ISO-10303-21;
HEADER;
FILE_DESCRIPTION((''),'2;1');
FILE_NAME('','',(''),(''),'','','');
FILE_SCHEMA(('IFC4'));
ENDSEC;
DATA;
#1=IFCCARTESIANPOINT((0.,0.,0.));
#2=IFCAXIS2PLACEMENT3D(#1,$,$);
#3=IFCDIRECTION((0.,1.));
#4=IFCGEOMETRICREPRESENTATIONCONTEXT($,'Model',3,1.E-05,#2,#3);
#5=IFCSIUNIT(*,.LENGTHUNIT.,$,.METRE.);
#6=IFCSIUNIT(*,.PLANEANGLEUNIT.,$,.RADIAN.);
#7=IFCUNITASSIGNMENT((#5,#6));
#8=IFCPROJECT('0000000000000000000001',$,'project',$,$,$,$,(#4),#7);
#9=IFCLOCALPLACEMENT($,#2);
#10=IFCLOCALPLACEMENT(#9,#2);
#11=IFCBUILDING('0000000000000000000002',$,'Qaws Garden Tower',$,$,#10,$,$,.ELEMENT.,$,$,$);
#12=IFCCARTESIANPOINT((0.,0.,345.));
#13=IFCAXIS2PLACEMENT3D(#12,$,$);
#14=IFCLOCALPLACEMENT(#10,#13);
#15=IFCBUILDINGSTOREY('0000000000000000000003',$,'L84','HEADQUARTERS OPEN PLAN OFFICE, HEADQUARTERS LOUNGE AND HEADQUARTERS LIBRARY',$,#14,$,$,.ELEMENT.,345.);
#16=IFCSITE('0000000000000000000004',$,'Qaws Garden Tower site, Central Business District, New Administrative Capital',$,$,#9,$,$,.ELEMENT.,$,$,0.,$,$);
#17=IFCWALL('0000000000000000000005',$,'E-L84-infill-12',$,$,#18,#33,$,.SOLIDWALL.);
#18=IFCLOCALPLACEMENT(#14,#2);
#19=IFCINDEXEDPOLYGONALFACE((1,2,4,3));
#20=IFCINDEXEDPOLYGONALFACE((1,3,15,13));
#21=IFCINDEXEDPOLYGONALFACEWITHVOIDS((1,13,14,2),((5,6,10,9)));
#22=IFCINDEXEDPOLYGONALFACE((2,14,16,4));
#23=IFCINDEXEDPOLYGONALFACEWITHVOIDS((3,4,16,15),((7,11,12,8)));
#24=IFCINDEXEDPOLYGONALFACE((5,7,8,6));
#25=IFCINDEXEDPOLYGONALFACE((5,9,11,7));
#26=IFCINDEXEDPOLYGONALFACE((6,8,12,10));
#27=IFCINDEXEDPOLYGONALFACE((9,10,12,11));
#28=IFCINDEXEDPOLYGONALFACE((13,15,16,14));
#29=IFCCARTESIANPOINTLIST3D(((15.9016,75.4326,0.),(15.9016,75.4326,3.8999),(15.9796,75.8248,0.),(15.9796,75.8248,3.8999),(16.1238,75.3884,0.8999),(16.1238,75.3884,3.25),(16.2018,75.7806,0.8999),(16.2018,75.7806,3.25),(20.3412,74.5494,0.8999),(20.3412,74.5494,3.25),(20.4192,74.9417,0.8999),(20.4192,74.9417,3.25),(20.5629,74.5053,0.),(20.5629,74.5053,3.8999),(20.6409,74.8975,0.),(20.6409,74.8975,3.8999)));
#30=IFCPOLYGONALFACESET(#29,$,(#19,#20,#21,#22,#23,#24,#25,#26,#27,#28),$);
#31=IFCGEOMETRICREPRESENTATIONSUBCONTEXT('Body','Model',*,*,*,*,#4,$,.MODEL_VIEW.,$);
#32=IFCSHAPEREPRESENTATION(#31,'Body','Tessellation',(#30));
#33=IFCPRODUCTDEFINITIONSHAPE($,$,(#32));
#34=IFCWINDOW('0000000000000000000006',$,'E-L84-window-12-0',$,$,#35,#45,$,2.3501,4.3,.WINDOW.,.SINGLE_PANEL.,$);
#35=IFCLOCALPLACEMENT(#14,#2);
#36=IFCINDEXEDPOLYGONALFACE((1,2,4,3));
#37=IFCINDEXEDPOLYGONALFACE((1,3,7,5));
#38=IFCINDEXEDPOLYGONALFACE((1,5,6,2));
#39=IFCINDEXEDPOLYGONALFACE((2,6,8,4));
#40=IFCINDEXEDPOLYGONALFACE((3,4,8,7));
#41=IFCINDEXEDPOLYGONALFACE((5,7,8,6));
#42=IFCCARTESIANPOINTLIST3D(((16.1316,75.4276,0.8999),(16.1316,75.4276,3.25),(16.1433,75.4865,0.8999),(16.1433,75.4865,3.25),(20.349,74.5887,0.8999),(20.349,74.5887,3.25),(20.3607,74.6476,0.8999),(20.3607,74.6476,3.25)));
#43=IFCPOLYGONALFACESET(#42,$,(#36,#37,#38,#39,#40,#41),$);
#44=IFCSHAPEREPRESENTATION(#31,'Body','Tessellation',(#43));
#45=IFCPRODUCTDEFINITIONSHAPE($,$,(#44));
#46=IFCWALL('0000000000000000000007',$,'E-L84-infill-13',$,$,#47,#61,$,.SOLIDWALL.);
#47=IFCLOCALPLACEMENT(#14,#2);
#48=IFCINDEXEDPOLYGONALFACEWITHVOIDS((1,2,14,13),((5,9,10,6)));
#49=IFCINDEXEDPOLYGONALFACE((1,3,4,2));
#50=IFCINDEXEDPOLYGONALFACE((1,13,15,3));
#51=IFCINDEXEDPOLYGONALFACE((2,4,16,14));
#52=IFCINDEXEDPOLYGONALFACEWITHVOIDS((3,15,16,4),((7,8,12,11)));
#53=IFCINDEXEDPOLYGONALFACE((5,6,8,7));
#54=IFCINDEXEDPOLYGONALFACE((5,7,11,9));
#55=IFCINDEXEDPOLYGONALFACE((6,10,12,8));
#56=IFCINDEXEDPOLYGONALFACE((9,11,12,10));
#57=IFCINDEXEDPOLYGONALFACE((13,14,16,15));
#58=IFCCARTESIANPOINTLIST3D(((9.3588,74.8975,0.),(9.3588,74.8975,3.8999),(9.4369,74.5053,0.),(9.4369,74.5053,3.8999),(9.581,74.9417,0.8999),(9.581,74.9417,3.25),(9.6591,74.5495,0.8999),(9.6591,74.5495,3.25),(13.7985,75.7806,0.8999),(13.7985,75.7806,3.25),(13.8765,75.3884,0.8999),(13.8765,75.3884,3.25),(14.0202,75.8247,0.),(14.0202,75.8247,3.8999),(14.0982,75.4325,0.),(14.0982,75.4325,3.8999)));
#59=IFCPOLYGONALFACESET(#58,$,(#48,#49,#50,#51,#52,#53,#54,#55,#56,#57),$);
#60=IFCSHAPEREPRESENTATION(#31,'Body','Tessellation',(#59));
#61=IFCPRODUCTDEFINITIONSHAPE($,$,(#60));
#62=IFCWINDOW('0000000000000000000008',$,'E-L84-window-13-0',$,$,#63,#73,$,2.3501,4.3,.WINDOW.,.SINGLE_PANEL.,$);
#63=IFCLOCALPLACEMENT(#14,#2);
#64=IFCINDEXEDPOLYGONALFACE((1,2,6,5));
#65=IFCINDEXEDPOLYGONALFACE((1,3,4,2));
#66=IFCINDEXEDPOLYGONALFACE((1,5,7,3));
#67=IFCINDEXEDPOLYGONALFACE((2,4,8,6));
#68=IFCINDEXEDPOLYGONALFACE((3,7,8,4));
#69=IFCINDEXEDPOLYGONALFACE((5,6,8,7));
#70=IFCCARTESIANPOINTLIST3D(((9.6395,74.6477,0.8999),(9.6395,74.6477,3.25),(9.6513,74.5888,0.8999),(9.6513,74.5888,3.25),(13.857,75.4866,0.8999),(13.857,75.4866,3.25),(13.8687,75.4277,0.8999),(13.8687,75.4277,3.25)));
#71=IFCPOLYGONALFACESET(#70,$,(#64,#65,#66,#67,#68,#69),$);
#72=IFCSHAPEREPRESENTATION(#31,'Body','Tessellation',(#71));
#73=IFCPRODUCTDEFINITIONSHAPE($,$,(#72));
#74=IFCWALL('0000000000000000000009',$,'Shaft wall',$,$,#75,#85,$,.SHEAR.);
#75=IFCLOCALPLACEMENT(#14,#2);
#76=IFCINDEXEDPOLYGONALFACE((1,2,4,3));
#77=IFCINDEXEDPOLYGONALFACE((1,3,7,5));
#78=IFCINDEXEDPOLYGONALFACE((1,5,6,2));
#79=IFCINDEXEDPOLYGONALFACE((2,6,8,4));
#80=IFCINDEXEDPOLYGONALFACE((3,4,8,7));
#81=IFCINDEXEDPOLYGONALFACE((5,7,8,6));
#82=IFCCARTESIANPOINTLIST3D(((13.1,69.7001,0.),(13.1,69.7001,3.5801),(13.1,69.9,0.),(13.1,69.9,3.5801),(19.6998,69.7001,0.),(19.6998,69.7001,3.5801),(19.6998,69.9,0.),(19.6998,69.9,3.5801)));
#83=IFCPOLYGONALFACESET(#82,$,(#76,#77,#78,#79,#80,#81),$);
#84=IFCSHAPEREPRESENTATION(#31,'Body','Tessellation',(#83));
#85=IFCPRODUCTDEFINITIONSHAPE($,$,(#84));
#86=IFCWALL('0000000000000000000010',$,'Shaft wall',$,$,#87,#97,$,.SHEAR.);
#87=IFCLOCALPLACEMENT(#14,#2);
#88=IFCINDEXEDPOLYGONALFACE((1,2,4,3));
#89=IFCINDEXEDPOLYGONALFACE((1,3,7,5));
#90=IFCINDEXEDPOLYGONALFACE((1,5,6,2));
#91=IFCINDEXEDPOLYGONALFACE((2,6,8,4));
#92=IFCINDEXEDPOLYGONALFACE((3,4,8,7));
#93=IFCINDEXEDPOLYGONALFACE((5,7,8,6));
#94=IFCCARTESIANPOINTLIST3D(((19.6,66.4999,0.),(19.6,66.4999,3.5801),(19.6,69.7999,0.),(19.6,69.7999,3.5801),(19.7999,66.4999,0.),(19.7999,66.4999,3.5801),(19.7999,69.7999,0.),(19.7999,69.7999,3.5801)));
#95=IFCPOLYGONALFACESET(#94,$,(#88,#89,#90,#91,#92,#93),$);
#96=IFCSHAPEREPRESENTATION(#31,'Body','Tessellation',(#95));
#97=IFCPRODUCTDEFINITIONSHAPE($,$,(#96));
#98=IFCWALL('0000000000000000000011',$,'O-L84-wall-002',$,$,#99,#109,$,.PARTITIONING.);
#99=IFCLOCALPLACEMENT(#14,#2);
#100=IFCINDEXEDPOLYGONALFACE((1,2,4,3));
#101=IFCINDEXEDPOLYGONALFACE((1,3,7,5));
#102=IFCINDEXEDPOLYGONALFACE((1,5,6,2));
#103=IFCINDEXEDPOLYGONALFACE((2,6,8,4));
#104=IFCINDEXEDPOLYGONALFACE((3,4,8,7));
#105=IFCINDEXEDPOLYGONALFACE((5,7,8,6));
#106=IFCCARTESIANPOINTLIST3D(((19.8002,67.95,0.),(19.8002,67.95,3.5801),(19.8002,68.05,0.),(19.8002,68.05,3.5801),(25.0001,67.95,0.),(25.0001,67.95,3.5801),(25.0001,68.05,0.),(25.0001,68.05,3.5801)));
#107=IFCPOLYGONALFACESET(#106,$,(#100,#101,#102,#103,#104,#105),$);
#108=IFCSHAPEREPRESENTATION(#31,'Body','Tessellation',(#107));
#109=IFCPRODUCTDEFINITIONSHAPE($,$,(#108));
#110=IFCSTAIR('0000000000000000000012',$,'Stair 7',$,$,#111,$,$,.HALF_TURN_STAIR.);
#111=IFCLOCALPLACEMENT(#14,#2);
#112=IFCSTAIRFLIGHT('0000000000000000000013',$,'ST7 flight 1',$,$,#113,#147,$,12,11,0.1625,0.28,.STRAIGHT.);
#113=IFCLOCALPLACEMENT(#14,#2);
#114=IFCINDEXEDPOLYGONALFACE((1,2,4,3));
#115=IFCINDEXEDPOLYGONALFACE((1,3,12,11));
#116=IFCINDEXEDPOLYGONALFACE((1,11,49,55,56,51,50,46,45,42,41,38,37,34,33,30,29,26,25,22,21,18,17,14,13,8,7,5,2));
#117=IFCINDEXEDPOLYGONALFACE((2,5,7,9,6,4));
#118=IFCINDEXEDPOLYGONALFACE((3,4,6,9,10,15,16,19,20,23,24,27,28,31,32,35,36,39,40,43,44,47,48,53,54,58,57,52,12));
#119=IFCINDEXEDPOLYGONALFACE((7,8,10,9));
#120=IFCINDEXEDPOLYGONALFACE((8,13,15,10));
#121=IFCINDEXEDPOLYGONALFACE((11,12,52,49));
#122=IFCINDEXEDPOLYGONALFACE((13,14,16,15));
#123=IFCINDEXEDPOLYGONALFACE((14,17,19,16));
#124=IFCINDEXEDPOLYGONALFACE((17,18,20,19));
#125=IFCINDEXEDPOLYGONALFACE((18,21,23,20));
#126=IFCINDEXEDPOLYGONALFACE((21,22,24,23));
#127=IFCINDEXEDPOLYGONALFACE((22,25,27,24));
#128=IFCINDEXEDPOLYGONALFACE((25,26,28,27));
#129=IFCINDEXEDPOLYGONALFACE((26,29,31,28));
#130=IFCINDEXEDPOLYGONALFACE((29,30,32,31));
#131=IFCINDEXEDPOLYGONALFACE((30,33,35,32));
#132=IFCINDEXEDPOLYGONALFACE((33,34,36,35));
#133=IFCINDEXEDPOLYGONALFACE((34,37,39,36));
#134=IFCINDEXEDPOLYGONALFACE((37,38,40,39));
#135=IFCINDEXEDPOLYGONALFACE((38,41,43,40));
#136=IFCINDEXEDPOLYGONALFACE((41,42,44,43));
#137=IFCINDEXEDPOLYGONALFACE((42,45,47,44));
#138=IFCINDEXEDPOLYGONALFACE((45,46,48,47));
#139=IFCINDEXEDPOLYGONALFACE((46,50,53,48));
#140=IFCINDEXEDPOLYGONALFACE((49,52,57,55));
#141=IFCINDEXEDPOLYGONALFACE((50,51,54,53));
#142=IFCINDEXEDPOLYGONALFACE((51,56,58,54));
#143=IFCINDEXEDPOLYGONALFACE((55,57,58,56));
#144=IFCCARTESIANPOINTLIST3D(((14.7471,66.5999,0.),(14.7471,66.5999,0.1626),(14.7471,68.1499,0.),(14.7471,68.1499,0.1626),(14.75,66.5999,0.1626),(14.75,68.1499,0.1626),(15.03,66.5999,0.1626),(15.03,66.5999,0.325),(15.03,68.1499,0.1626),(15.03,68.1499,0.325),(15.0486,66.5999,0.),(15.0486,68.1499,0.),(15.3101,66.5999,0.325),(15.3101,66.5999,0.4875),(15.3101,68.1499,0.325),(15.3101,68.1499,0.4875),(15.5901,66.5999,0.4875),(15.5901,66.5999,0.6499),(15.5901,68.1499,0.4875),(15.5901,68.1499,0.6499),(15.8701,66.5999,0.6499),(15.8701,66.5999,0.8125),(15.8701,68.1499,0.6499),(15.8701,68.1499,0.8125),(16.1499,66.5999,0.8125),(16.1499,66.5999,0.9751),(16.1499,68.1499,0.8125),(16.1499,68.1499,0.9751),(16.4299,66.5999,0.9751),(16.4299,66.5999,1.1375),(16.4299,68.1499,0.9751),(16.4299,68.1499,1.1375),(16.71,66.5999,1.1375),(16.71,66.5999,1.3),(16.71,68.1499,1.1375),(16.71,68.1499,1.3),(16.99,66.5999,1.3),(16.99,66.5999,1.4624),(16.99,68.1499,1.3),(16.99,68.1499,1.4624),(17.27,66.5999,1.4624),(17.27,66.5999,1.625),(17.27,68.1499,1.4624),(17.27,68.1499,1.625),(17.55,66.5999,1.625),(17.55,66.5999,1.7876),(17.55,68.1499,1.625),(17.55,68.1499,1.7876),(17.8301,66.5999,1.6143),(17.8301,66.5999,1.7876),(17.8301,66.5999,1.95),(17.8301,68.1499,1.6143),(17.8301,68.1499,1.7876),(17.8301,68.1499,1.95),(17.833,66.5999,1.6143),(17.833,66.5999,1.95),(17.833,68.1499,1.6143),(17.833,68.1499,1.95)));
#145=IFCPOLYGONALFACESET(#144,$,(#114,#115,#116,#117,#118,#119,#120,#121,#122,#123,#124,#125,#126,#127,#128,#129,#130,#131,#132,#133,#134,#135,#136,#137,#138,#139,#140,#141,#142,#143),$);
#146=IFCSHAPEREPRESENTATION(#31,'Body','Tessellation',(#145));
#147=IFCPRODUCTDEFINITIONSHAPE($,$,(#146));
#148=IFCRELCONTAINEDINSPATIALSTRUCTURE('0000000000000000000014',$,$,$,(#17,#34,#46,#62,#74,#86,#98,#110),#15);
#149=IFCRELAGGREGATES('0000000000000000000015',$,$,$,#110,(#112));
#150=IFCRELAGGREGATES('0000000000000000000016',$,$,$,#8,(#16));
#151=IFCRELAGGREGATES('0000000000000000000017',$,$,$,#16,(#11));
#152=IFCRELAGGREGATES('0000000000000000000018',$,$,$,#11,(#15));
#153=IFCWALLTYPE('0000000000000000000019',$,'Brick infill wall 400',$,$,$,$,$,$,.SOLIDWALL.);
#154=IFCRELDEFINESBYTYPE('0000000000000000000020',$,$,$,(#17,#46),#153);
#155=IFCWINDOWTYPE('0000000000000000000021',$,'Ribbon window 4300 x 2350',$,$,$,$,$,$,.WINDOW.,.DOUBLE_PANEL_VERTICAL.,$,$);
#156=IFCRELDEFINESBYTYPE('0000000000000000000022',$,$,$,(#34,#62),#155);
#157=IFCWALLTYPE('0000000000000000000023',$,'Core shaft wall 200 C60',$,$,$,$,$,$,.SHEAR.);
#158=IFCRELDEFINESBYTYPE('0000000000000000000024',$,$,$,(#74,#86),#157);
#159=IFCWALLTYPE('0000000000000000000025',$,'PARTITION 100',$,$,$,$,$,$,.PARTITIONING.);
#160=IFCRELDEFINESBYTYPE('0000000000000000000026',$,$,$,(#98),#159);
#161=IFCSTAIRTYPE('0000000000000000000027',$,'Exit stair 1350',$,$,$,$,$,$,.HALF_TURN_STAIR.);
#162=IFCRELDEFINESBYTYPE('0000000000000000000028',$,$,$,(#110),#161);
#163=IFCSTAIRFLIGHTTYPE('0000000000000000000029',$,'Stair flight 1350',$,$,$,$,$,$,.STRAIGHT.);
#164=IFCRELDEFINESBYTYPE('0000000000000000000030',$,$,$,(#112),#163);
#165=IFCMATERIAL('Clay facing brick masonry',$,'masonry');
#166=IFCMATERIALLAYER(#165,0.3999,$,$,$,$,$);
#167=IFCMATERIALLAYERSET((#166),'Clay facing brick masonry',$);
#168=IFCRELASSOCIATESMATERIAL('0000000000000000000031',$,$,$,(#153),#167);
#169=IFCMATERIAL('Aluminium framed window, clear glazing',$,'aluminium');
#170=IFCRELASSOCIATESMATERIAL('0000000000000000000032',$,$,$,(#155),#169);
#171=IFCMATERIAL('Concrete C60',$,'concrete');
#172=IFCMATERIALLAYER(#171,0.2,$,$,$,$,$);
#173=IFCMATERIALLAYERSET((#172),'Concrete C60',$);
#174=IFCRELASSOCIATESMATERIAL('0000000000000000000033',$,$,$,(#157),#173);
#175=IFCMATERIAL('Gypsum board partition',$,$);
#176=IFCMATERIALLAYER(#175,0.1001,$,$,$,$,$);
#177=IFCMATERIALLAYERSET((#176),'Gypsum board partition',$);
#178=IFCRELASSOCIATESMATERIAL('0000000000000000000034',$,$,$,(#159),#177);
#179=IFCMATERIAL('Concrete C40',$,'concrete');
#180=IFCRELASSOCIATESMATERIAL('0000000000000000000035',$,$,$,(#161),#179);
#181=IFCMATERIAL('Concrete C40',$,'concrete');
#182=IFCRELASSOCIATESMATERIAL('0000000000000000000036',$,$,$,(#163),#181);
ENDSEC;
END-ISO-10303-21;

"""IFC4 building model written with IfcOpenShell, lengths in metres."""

from ifc_helpers import new_model, si_unit, direction, frame, frame_2d, origin, place, context, subcontext, project, spatial, polyline, rectangle, outline, extrude, material, layer, layer_set, type_object, element, fill, aggregate, save


model = new_model("IFC4")

# Units and contexts
model_context = context("Model", 3, precision=1e-05, world=origin(), true_north=direction((0.0, 1.0)))
body_context = subcontext(model_context, "Body", "Model", "MODEL_VIEW")
ifc_project = project(units=[si_unit("LENGTHUNIT", "METRE"), si_unit("PLANEANGLEUNIT", "RADIAN")], contexts=[model_context])

# Site, building, storey
site_placement = place(None, origin())
site = spatial("IfcSite", under=ifc_project, at=site_placement, Name="Qaws Garden Tower site, Central Business District, New Administrative Capital", CompositionType="ELEMENT", RefElevation=0.0)
building_placement = place(site_placement, origin())
building = spatial("IfcBuilding", under=site, at=building_placement, Name="Qaws Garden Tower", CompositionType="ELEMENT")
storey_placement = place(building_placement, frame((0.0, 0.0, 345.0)))
storey = spatial("IfcBuildingStorey", under=building, at=storey_placement, Name="L84", Description="HEADQUARTERS OPEN PLAN OFFICE, HEADQUARTERS LOUNGE AND HEADQUARTERS LIBRARY", CompositionType="ELEMENT", Elevation=345.0)

# Walls, openings, windows
ifc_material_1 = material(Name="Clay facing brick masonry", Category="masonry")
ifc_layer_1 = layer(ifc_material_1, 0.3999)
ifc_layer_set_1 = layer_set([ifc_layer_1], Name="Clay facing brick masonry")
wall_type_1 = type_object("IfcWallType", Name="Brick infill wall 400", PredefinedType="SOLIDWALL", material=ifc_layer_set_1)
ifc_material_2 = material(Name="Aluminium framed window, clear glazing", Category="aluminium")
window_type = type_object("IfcWindowType", Name="Ribbon window 4300 x 2350", PartitioningType="DOUBLE_PANEL_VERTICAL", PredefinedType="WINDOW", material=ifc_material_2)
wall_1_placement = place(storey_placement, frame((20.6021, 74.7014, 0.0), z_axis=(0.0, 0.0, 1.0), x_axis=(-0.980784, 0.195099, 0.0)))
wall_1 = element("IfcWall", 1, at=wall_1_placement, inside=storey, type_object=wall_type_1, Name="E-L84-infill-12", PredefinedType="SOLIDWALL", context=body_context, shape_type="SweptSolid", body=[
    extrude(rectangle(XDim=4.7527, YDim=0.3999, at=frame_2d((2.3765, 0.0))), origin(), (0.0, 0.0, 1.0), 3.8999),
])
opening_1_placement = place(wall_1_placement, frame((0.2263, 0.0, 0.8999)))
opening_1 = element("IfcOpeningElement", 2, at=opening_1_placement, cuts=wall_1, PredefinedType="OPENING", context=body_context, shape_type="SweptSolid", body=[
    extrude(rectangle(XDim=4.3, YDim=2.3501, at=frame_2d((2.1499, 1.175))), frame((0.0, 0.21, 0.0), z_axis=(0.0, -1.0, 0.0), x_axis=(1.0, 0.0, 0.0)), (0.0, 0.0, 1.0), 0.4199),
])
window_1_placement = place(opening_1_placement, origin())
window_1 = element("IfcWindow", 3, at=window_1_placement, inside=storey, type_object=window_type, Name="E-L84-window-12-0", OverallHeight=2.3501, OverallWidth=4.3, PartitioningType="SINGLE_PANEL", PredefinedType="WINDOW", context=body_context, shape_type="SweptSolid", body=[
    extrude(rectangle(XDim=4.3, YDim=2.3501, at=frame_2d((2.1499, 1.175))), frame((0.0, 0.1599, 0.0), z_axis=(0.0, -1.0, 0.0), x_axis=(1.0, 0.0, 0.0)), (0.0, 0.0, 1.0), 0.0601),
])
fill(opening_1, window_1)
wall_2_placement = place(storey_placement, frame((14.0593, 75.6287, 0.0), z_axis=(0.0, 0.0, 1.0), x_axis=(-0.980784, -0.195099, 0.0)))
wall_2 = element("IfcWall", 4, at=wall_2_placement, inside=storey, type_object=wall_type_1, Name="E-L84-infill-13", PredefinedType="SOLIDWALL", context=body_context, shape_type="SweptSolid", body=[
    extrude(rectangle(XDim=4.7527, YDim=0.3999, at=frame_2d((2.3765, 0.0))), origin(), (0.0, 0.0, 1.0), 3.8999),
])
opening_2_placement = place(wall_2_placement, frame((0.2263, 0.0, 0.8999)))
opening_2 = element("IfcOpeningElement", 5, at=opening_2_placement, cuts=wall_2, PredefinedType="OPENING", context=body_context, shape_type="SweptSolid", body=[
    extrude(rectangle(XDim=4.3, YDim=2.3501, at=frame_2d((2.1499, 1.175))), frame((0.0, 0.21, 0.0), z_axis=(0.0, -1.0, 0.0), x_axis=(1.0, 0.0, 0.0)), (0.0, 0.0, 1.0), 0.4199),
])
window_2_placement = place(opening_2_placement, origin())
window_2 = element("IfcWindow", 6, at=window_2_placement, inside=storey, type_object=window_type, Name="E-L84-window-13-0", OverallHeight=2.3501, OverallWidth=4.3, PartitioningType="SINGLE_PANEL", PredefinedType="WINDOW", context=body_context, shape_type="SweptSolid", body=[
    extrude(rectangle(XDim=4.3, YDim=2.3501, at=frame_2d((2.1499, 1.175))), frame((0.0, 0.1599, 0.0), z_axis=(0.0, -1.0, 0.0), x_axis=(1.0, 0.0, 0.0)), (0.0, 0.0, 1.0), 0.0601),
])
fill(opening_2, window_2)

# Walls
ifc_material_3 = material(Name="Concrete C60", Category="concrete")
ifc_layer_2 = layer(ifc_material_3, 0.2)
ifc_layer_set_2 = layer_set([ifc_layer_2], Name="Concrete C60")
wall_type_2 = type_object("IfcWallType", Name="Core shaft wall 200 C60", PredefinedType="SHEAR", material=ifc_layer_set_2)
wall_3_placement = place(storey_placement, frame((13.1001, 69.8, 0.0), z_axis=(0.0, 0.0, 1.0), x_axis=(1.0, 0.0, 0.0)))
element("IfcWall", 7, at=wall_3_placement, inside=storey, type_object=wall_type_2, Name="Shaft wall", PredefinedType="SHEAR", context=body_context, shape_type="SweptSolid", body=[
    extrude(rectangle(XDim=6.5999, YDim=0.2, at=frame_2d((3.2998, 0.0))), origin(), (0.0, 0.0, 1.0), 3.5801),
])
wall_4_placement = place(storey_placement, frame((19.7, 66.5, 0.0), z_axis=(0.0, 0.0, 1.0), x_axis=(0.0, 1.0, 0.0)))
element("IfcWall", 8, at=wall_4_placement, inside=storey, type_object=wall_type_2, Name="Shaft wall", PredefinedType="SHEAR", context=body_context, shape_type="SweptSolid", body=[
    extrude(rectangle(XDim=3.3, YDim=0.2, at=frame_2d((1.6499, 0.0))), origin(), (0.0, 0.0, 1.0), 3.5801),
])
ifc_material_4 = material(Name="Gypsum board partition")
ifc_layer_3 = layer(ifc_material_4, 0.1001)
ifc_layer_set_3 = layer_set([ifc_layer_3], Name="Gypsum board partition")
wall_type_3 = type_object("IfcWallType", Name="PARTITION 100", PredefinedType="PARTITIONING", material=ifc_layer_set_3)
wall_5_placement = place(storey_placement, frame((19.8, 68.0, 0.0), z_axis=(0.0, 0.0, 1.0), x_axis=(1.0, 0.0, 0.0)))
element("IfcWall", 9, at=wall_5_placement, inside=storey, type_object=wall_type_3, Name="O-L84-wall-002", PredefinedType="PARTITIONING", context=body_context, shape_type="SweptSolid", body=[
    extrude(rectangle(XDim=5.2, YDim=0.1001, at=frame_2d((2.6001, 0.0))), origin(), (0.0, 0.0, 1.0), 3.5801),
])

# Stair, stair flight
ifc_material_5 = material(Name="Concrete C40", Category="concrete")
stair_type = type_object("IfcStairType", Name="Exit stair 1350", PredefinedType="HALF_TURN_STAIR", material=ifc_material_5)
stair_placement = place(storey_placement, origin())
stair = element("IfcStair", 10, at=stair_placement, inside=storey, type_object=stair_type, Name="Stair 7", PredefinedType="HALF_TURN_STAIR")
ifc_material_6 = material(Name="Concrete C40", Category="concrete")
stair_flight_type = type_object("IfcStairFlightType", Name="Stair flight 1350", PredefinedType="STRAIGHT", material=ifc_material_6)
stair_flight_1_placement = place(storey_placement, frame((14.75, 67.375, 0.0), z_axis=(0.0, 0.0, 1.0), x_axis=(1.0, 0.0, 0.0)))
stair_flight_1 = element("IfcStairFlight", 11, at=stair_flight_1_placement, type_object=stair_flight_type, Name="ST7 flight 1", NumberOfRisers=12, NumberOfTreads=11, PredefinedType="STRAIGHT", RiserHeight=0.1625, TreadLength=0.28, context=body_context, shape_type="SweptSolid", body=[
    extrude(outline(polyline([(-0.0029, 0.0), (-0.0029, 0.1626), (0.0, 0.1626), (0.28, 0.1626), (0.28, 0.325), (0.5601, 0.325), (0.5601, 0.4875), (0.8401, 0.4875), (0.8401, 0.6499), (1.1201, 0.6499), (1.1201, 0.8125), (1.3999, 0.8125), (1.3999, 0.9751), (1.6799, 0.9751), (1.6799, 1.1375), (1.96, 1.1375), (1.96, 1.3), (2.24, 1.3), (2.24, 1.4624), (2.52, 1.4624), (2.52, 1.625), (2.8, 1.625), (2.8, 1.7876), (3.0801, 1.7876), (3.0801, 1.95), (3.083, 1.95), (3.083, 1.6143), (3.0801, 1.6143), (0.2986, 0.0), (-0.0029, 0.0)])), frame((0.0, 0.7749, 0.0), z_axis=(0.0, -1.0, 0.0), x_axis=(1.0, 0.0, 0.0)), (0.0, 0.0, 1.0), 1.55),
])
aggregate(stair, [stair_flight_1])

save(model, "model.ifc")
